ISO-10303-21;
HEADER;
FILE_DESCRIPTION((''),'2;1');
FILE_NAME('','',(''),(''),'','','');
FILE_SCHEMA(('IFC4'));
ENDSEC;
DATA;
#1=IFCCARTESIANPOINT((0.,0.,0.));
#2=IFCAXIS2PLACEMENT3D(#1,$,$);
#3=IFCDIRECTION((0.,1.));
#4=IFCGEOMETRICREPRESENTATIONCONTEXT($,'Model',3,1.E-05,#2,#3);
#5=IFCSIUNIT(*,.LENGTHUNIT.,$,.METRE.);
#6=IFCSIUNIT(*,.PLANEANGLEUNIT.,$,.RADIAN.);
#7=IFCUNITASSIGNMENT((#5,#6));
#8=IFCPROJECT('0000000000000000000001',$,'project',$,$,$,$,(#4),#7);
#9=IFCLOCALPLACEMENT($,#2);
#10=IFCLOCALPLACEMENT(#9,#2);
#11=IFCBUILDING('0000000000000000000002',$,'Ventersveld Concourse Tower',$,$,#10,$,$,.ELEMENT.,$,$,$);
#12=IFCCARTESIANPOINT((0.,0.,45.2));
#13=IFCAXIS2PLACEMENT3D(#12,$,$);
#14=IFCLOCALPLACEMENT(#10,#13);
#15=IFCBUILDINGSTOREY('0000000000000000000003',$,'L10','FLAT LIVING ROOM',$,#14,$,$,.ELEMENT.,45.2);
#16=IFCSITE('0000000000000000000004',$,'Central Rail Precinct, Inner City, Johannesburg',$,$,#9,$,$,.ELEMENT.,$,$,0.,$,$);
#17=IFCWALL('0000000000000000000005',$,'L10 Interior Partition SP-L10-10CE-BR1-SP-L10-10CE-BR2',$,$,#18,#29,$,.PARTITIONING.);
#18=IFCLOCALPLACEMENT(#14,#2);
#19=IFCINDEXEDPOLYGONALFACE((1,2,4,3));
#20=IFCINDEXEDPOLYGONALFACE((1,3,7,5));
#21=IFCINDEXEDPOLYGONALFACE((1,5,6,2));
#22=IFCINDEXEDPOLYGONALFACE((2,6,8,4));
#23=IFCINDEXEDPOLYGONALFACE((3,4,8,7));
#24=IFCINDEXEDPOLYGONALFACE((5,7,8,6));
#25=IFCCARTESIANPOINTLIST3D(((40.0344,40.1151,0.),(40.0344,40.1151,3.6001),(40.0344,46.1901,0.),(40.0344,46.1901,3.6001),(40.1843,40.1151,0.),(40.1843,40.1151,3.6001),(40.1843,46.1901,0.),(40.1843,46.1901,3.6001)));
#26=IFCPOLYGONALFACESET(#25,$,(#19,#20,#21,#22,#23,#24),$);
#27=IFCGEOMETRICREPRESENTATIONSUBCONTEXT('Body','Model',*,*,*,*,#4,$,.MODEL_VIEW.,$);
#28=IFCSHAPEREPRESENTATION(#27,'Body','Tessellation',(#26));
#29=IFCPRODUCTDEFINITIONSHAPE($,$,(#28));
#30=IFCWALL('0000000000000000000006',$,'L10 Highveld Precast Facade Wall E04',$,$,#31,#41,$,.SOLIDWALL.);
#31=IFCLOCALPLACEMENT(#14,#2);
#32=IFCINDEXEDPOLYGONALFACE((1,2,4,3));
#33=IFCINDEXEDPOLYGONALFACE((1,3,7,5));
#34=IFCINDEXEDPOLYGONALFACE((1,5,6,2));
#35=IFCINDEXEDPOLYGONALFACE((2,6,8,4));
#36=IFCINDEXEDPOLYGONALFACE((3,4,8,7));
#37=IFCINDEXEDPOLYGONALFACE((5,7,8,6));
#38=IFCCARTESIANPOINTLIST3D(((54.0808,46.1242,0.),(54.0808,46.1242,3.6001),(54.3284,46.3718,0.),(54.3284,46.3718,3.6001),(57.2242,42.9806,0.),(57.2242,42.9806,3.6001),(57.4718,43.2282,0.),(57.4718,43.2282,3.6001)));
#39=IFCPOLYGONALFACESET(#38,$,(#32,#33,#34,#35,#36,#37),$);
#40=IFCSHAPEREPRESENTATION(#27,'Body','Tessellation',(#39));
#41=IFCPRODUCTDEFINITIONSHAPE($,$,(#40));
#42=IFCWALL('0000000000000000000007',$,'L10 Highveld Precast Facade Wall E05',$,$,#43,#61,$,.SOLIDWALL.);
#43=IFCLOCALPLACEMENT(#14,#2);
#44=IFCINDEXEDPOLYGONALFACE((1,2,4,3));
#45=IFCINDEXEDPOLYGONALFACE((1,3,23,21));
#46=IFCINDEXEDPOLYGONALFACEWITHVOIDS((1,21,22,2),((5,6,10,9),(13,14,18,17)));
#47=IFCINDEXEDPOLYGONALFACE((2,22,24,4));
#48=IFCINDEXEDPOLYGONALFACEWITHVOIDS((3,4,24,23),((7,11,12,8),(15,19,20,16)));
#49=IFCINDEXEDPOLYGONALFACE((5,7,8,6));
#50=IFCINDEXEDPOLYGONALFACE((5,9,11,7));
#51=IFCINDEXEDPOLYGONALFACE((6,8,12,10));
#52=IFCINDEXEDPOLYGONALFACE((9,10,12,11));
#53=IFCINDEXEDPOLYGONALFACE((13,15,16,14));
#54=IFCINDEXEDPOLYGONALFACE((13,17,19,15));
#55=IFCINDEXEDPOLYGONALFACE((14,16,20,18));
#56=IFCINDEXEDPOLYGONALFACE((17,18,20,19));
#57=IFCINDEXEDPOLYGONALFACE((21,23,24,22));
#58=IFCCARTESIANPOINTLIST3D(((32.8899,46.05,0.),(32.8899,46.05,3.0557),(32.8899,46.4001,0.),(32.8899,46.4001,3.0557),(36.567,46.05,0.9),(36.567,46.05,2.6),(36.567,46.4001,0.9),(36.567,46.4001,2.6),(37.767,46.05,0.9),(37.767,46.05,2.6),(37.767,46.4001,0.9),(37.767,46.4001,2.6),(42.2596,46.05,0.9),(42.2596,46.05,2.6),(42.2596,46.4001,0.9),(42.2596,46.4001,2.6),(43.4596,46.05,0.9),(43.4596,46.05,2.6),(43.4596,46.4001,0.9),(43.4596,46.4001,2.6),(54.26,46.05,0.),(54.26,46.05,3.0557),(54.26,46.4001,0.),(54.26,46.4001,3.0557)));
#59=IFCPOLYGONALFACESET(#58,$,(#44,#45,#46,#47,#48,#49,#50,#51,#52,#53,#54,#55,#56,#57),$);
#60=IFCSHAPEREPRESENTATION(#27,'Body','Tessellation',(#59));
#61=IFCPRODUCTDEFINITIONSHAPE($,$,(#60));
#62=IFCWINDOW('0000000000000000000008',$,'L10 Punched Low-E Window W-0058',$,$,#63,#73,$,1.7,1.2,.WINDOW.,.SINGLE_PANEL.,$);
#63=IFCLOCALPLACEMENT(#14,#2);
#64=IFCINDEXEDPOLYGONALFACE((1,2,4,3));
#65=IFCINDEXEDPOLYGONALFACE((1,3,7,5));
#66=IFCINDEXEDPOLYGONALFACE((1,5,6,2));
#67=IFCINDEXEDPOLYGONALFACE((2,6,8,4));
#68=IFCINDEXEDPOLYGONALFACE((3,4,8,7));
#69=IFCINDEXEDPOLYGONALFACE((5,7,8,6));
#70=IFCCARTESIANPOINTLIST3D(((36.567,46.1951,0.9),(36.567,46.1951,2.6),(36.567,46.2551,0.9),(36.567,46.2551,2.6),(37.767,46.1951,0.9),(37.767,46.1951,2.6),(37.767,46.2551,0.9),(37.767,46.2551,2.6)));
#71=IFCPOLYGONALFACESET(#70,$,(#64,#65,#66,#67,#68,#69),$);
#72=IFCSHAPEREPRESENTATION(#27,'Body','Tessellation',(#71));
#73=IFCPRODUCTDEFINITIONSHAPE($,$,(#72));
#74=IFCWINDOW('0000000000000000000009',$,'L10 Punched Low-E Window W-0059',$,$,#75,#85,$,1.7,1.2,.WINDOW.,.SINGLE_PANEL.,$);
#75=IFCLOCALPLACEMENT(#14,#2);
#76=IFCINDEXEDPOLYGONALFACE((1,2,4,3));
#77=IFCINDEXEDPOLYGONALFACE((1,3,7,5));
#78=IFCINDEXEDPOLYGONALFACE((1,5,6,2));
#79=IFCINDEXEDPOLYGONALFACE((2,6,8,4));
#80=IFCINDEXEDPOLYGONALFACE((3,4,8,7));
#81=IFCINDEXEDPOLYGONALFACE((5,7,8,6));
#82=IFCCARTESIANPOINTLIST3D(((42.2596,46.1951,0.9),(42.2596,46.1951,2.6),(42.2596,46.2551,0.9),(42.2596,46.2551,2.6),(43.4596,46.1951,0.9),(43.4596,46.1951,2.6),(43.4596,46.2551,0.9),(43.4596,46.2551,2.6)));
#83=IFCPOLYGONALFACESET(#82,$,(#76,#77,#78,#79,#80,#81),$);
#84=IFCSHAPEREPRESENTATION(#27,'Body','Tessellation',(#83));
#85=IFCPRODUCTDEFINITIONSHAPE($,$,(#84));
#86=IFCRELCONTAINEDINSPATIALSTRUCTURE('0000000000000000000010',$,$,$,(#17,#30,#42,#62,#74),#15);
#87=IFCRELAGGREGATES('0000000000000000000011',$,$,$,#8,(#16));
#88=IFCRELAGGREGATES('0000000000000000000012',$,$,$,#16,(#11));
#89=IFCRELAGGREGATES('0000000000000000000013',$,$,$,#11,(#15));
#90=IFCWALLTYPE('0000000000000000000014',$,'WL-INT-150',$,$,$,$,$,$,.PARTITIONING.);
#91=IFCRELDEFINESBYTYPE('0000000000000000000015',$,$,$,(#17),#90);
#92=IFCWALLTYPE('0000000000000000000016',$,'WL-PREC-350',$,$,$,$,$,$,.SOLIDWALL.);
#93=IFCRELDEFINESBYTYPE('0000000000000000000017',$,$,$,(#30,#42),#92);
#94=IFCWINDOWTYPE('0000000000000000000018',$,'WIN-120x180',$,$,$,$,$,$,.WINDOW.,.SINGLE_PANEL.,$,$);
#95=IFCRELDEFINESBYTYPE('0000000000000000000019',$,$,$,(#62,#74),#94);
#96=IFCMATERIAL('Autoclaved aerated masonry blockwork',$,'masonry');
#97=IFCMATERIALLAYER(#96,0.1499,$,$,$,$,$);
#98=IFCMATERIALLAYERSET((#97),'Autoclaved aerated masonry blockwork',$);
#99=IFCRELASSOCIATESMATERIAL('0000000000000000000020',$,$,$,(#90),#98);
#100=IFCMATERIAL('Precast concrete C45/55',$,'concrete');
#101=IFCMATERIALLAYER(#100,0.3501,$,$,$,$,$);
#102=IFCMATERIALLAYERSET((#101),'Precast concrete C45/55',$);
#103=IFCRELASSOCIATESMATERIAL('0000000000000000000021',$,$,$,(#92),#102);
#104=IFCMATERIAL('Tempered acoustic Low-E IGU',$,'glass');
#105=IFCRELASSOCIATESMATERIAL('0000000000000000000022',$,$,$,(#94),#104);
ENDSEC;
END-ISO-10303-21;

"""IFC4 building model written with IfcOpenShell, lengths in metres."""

from ifc_helpers import new_model, si_unit, direction, frame, frame_2d, origin, place, context, subcontext, project, spatial, rectangle, extrude, material, layer, layer_set, type_object, element, fill, save


model = new_model("IFC4")

# Units and contexts
model_context = context("Model", 3, precision=1e-05, world=origin(), true_north=direction((0.0, 1.0)))
body_context = subcontext(model_context, "Body", "Model", "MODEL_VIEW")
ifc_project = project(units=[si_unit("LENGTHUNIT", "METRE"), si_unit("PLANEANGLEUNIT", "RADIAN")], contexts=[model_context])

# Site, building, storey
site_placement = place(None, origin())
site = spatial("IfcSite", under=ifc_project, at=site_placement, Name="Central Rail Precinct, Inner City, Johannesburg", CompositionType="ELEMENT", RefElevation=0.0)
building_placement = place(site_placement, origin())
building = spatial("IfcBuilding", under=site, at=building_placement, Name="Ventersveld Concourse Tower", CompositionType="ELEMENT")
storey_placement = place(building_placement, frame((0.0, 0.0, 45.2)))
storey = spatial("IfcBuildingStorey", under=building, at=storey_placement, Name="L10", Description="FLAT LIVING ROOM", CompositionType="ELEMENT", Elevation=45.2)

# Shared definitions
ifc_material_1 = material(Name="Autoclaved aerated masonry blockwork", Category="masonry")
ifc_layer_1 = layer(ifc_material_1, 0.1499)
ifc_layer_set_1 = layer_set([ifc_layer_1], Name="Autoclaved aerated masonry blockwork")
wall_type_1 = type_object("IfcWallType", Name="WL-INT-150", PredefinedType="PARTITIONING", material=ifc_layer_set_1)

# Walls
wall_1_placement = place(storey_placement, frame((40.1094, 40.115, 0.0), z_axis=(0.0, 0.0, 1.0), x_axis=(0.0, 1.0, 0.0)))
element("IfcWall", 1, at=wall_1_placement, inside=storey, type_object=wall_type_1, Name="L10 Interior Partition SP-L10-10CE-BR1-SP-L10-10CE-BR2", PredefinedType="PARTITIONING", context=body_context, shape_type="SweptSolid", body=[
    extrude(rectangle(XDim=6.075, YDim=0.1499, at=frame_2d((3.0376, 0.0))), origin(), (0.0, 0.0, 1.0), 3.6001),
])
ifc_material_2 = material(Name="Precast concrete C45/55", Category="concrete")
ifc_layer_2 = layer(ifc_material_2, 0.3501)
ifc_layer_set_2 = layer_set([ifc_layer_2], Name="Precast concrete C45/55")
wall_type_2 = type_object("IfcWallType", Name="WL-PREC-350", PredefinedType="SOLIDWALL", material=ifc_layer_set_2)
wall_2_placement = place(storey_placement, frame((57.3479, 43.1045, 0.0), z_axis=(0.0, 0.0, 1.0), x_axis=(-0.707079, 0.707134, 0.0)))
element("IfcWall", 2, at=wall_2_placement, inside=storey, type_object=wall_type_2, Name="L10 Highveld Precast Facade Wall E04", PredefinedType="SOLIDWALL", context=body_context, shape_type="SweptSolid", body=[
    extrude(rectangle(XDim=4.4456, YDim=0.3501, at=frame_2d((2.2227, 0.0))), origin(), (0.0, 0.0, 1.0), 3.6001),
])

# Wall, openings, windows
wall_3_placement = place(storey_placement, frame((54.26, 46.2251, 0.0), z_axis=(0.0, 0.0, 1.0), x_axis=(-1.0, 0.0, 0.0)))
wall_3 = element("IfcWall", 3, at=wall_3_placement, inside=storey, type_object=wall_type_2, Name="L10 Highveld Precast Facade Wall E05", PredefinedType="SOLIDWALL", context=body_context, shape_type="SweptSolid", body=[
    extrude(rectangle(XDim=21.3701, YDim=0.3501, at=frame_2d((10.6851, 0.0))), origin(), (0.0, 0.0, 1.0), 3.0557),
])
opening_1_placement = place(wall_3_placement, frame((16.4929, 0.0, 0.8999)))
opening_1 = element("IfcOpeningElement", 4, at=opening_1_placement, cuts=wall_3, PredefinedType="OPENING", context=body_context, shape_type="SweptSolid", body=[
    extrude(rectangle(XDim=1.2, YDim=1.7, at=frame_2d((0.6001, 0.8501))), frame((0.0, 0.1851, 0.0), z_axis=(0.0, -1.0, 0.0), x_axis=(1.0, 0.0, 0.0)), (0.0, 0.0, 1.0), 0.3701),
])
opening_2_placement = place(wall_3_placement, frame((10.8003, 0.0, 0.8999)))
opening_2 = element("IfcOpeningElement", 5, at=opening_2_placement, cuts=wall_3, PredefinedType="OPENING", context=body_context, shape_type="SweptSolid", body=[
    extrude(rectangle(XDim=1.2, YDim=1.7, at=frame_2d((0.6001, 0.8501))), frame((0.0, 0.1851, 0.0), z_axis=(0.0, -1.0, 0.0), x_axis=(1.0, 0.0, 0.0)), (0.0, 0.0, 1.0), 0.3701),
])
ifc_material_3 = material(Name="Tempered acoustic Low-E IGU", Category="glass")
window_type = type_object("IfcWindowType", Name="WIN-120x180", PartitioningType="SINGLE_PANEL", PredefinedType="WINDOW", material=ifc_material_3)
window_1_placement = place(opening_1_placement, origin())
window_1 = element("IfcWindow", 6, at=window_1_placement, inside=storey, type_object=window_type, Name="L10 Punched Low-E Window W-0058", OverallHeight=1.7, OverallWidth=1.2, PartitioningType="SINGLE_PANEL", PredefinedType="WINDOW", context=body_context, shape_type="SweptSolid", body=[
    extrude(rectangle(XDim=1.2, YDim=1.7, at=frame_2d((0.6001, 0.8501))), frame((0.0, 0.03, 0.0), z_axis=(0.0, -1.0, 0.0), x_axis=(1.0, 0.0, 0.0)), (0.0, 0.0, 1.0), 0.0601),
])
fill(opening_1, window_1)
window_2_placement = place(opening_2_placement, origin())
window_2 = element("IfcWindow", 7, at=window_2_placement, inside=storey, type_object=window_type, Name="L10 Punched Low-E Window W-0059", OverallHeight=1.7, OverallWidth=1.2, PartitioningType="SINGLE_PANEL", PredefinedType="WINDOW", context=body_context, shape_type="SweptSolid", body=[
    extrude(rectangle(XDim=1.2, YDim=1.7, at=frame_2d((0.6001, 0.8501))), frame((0.0, 0.03, 0.0), z_axis=(0.0, -1.0, 0.0), x_axis=(1.0, 0.0, 0.0)), (0.0, 0.0, 1.0), 0.0601),
])
fill(opening_2, window_2)

save(model, "model.ifc")
